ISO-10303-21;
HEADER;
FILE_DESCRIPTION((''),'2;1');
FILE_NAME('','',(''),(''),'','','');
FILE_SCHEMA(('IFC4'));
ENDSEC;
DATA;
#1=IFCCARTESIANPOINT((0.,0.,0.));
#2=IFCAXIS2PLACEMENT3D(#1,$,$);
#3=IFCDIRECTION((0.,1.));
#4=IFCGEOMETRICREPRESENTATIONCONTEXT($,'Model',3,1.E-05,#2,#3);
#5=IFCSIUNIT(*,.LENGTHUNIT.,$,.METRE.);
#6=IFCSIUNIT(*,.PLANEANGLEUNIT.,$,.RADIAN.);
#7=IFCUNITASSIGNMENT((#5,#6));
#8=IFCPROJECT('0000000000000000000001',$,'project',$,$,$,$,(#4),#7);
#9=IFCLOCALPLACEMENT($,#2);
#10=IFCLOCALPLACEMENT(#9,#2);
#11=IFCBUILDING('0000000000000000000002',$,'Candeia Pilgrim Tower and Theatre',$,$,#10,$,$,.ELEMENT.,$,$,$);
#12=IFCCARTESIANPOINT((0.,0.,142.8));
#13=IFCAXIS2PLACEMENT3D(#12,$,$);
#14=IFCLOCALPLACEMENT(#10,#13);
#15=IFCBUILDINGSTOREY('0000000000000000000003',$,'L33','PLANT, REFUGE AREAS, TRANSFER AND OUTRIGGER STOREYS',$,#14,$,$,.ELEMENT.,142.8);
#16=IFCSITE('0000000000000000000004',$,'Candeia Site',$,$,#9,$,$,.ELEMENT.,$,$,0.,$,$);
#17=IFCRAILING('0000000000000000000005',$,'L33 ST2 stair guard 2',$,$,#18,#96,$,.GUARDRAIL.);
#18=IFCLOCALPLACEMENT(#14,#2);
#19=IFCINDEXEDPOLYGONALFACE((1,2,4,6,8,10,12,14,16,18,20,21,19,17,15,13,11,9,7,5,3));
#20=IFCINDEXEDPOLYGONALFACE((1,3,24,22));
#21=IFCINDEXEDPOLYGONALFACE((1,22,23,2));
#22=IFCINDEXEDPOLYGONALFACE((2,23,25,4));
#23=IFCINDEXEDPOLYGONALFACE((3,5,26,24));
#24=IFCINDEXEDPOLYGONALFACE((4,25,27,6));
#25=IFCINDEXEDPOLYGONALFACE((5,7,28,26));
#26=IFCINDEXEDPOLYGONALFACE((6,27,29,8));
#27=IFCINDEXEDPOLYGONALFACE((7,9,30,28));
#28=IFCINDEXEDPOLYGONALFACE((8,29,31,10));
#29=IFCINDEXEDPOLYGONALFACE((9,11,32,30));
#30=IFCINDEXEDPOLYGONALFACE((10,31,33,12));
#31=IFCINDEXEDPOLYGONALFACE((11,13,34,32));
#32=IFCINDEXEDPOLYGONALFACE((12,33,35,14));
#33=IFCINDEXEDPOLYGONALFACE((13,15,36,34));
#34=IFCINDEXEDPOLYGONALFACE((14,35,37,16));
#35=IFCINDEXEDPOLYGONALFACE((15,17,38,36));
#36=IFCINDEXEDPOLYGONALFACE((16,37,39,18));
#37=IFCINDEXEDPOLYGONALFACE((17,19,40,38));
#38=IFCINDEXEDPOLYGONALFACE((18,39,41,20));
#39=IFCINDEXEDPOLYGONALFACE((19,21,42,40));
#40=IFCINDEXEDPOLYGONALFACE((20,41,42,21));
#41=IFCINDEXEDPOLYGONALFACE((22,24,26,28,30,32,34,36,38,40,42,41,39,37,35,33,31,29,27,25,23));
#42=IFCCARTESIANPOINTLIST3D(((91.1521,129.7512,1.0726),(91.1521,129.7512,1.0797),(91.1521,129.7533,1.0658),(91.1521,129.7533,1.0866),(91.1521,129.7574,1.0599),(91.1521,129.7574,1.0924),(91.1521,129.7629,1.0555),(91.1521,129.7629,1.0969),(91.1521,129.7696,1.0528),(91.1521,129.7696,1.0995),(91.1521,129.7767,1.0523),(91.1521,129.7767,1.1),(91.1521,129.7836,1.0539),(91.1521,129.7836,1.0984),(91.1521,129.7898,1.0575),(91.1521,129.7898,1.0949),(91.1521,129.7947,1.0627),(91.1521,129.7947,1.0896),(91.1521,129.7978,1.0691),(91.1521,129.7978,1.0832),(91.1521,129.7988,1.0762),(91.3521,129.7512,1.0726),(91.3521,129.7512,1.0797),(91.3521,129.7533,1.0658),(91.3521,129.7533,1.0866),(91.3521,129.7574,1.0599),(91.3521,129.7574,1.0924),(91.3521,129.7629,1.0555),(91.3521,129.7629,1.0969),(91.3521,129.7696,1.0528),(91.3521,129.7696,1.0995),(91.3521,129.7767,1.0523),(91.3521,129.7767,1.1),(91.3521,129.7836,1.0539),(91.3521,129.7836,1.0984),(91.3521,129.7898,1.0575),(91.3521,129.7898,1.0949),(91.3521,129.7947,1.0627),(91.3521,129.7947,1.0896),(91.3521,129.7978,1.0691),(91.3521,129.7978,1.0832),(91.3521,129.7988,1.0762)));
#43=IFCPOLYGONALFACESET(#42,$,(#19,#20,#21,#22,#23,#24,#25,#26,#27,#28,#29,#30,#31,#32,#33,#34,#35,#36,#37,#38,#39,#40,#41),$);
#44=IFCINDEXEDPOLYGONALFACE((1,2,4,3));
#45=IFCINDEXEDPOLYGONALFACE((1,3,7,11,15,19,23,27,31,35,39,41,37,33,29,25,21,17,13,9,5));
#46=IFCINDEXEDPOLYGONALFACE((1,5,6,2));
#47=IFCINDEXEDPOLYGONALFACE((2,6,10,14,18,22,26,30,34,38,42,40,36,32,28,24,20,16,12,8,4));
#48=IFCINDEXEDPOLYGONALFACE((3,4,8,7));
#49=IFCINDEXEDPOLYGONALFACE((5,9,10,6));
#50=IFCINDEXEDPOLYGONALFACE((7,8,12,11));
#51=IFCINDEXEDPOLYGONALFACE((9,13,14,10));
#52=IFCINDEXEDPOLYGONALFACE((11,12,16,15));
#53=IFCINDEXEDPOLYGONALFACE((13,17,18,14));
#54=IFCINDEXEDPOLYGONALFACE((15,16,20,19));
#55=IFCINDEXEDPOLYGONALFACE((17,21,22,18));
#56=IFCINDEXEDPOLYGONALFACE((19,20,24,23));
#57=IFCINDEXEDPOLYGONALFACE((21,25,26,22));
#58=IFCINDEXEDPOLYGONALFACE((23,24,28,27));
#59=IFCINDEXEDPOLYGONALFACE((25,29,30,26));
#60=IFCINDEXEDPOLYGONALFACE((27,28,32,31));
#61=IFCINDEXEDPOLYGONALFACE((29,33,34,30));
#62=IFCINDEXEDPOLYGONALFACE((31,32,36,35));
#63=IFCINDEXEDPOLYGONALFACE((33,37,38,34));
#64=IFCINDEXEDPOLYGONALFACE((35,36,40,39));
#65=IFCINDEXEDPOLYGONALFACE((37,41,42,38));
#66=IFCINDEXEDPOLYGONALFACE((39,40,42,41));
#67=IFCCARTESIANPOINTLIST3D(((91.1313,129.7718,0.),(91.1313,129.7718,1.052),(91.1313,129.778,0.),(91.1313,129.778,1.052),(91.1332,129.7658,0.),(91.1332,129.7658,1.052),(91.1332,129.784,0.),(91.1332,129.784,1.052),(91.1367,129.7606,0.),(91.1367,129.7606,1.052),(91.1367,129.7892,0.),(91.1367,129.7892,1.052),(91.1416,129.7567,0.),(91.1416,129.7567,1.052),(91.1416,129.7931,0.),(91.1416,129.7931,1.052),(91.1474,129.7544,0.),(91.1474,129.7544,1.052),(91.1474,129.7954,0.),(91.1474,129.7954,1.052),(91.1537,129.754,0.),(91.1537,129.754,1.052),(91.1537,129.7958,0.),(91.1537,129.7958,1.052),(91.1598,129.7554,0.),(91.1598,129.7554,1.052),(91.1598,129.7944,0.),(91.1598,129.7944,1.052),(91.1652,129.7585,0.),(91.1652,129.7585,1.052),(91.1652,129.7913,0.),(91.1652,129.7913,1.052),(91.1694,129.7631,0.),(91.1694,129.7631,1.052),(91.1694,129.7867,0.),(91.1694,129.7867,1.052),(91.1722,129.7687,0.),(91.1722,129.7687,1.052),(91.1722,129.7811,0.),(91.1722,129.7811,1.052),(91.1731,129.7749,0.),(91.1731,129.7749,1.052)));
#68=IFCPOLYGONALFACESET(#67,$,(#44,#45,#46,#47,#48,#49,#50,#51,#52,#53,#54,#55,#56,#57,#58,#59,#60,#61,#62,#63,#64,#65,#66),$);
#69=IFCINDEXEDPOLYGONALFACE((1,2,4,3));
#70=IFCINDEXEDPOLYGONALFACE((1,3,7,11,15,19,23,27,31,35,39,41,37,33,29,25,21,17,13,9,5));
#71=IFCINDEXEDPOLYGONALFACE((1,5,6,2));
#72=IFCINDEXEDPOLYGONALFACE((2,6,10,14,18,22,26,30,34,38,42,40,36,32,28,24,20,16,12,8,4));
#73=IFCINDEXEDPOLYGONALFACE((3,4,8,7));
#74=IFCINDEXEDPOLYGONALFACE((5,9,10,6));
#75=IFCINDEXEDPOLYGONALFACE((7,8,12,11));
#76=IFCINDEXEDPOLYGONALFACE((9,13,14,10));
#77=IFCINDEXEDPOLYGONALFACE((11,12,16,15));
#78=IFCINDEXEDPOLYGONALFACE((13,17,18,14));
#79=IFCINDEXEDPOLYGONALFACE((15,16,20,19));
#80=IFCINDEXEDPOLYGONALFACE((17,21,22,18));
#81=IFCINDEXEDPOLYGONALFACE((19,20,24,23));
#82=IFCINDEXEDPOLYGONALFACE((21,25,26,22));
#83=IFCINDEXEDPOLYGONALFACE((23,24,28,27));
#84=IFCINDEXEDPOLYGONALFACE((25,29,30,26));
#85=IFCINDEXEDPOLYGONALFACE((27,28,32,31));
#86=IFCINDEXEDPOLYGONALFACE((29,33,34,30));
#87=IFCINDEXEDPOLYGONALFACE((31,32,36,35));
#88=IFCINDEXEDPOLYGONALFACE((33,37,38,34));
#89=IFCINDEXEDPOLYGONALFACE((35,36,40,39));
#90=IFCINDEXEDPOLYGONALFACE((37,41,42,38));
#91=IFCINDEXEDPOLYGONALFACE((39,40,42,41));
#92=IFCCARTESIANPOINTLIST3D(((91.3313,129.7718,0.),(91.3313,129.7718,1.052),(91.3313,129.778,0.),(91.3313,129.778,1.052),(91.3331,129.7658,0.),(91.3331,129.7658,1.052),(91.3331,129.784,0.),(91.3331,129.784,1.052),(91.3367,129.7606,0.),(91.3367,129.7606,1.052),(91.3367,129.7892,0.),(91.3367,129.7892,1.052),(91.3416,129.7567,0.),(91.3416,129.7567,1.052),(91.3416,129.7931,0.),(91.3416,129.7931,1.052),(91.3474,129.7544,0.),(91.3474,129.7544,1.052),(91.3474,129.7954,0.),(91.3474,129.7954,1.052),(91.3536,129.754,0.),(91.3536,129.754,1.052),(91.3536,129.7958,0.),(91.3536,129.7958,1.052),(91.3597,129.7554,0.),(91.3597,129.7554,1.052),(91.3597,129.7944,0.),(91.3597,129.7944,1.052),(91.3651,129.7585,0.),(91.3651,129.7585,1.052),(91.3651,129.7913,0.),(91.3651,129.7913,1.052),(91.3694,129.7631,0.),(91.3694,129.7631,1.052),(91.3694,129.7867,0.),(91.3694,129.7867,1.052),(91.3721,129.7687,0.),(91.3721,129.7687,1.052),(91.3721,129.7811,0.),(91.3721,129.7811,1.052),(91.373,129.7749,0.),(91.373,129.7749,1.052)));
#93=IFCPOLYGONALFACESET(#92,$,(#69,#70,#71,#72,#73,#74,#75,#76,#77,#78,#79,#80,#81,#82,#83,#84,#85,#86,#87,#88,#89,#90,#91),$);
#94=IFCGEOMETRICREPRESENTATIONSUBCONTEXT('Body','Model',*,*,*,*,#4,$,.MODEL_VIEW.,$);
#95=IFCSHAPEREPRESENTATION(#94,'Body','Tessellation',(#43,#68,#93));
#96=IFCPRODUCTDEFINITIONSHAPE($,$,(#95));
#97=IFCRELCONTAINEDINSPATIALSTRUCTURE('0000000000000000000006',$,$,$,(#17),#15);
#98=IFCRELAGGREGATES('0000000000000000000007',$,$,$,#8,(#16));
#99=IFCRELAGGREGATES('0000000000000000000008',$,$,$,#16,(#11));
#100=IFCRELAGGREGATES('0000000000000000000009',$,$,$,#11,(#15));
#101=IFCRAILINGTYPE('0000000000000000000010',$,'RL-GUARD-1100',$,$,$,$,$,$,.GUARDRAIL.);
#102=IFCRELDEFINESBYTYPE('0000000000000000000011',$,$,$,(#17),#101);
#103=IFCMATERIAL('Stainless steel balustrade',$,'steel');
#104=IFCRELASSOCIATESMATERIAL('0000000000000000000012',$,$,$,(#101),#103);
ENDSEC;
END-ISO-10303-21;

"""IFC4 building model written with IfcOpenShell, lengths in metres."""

from ifc_helpers import new_model, si_unit, direction, frame, origin, origin_2d, place, context, subcontext, project, spatial, circle, extrude, material, type_object, element, save


model = new_model("IFC4")

# Units and contexts
model_context = context("Model", 3, precision=1e-05, world=origin(), true_north=direction((0.0, 1.0)))
body_context = subcontext(model_context, "Body", "Model", "MODEL_VIEW")
ifc_project = project(units=[si_unit("LENGTHUNIT", "METRE"), si_unit("PLANEANGLEUNIT", "RADIAN")], contexts=[model_context])

# Site, building, storey
site_placement = place(None, origin())
site = spatial("IfcSite", under=ifc_project, at=site_placement, Name="Candeia Site", CompositionType="ELEMENT", RefElevation=0.0)
building_placement = place(site_placement, origin())
building = spatial("IfcBuilding", under=site, at=building_placement, Name="Candeia Pilgrim Tower and Theatre", CompositionType="ELEMENT")
storey_placement = place(building_placement, frame((0.0, 0.0, 142.8)))
storey = spatial("IfcBuildingStorey", under=building, at=storey_placement, Name="L33", Description="PLANT, REFUGE AREAS, TRANSFER AND OUTRIGGER STOREYS", CompositionType="ELEMENT", Elevation=142.8)

# Railing
ifc_material_1 = material(Name="Stainless steel balustrade", Category="steel")
railing_type_1 = type_object("IfcRailingType", Name="RL-GUARD-1100", PredefinedType="GUARDRAIL", material=ifc_material_1)
railing_1_placement = place(storey_placement, frame((91.1521, 129.7749, 0.0)))
element("IfcRailing", 1, at=railing_1_placement, inside=storey, type_object=railing_type_1, Name="L33 ST2 stair guard 2", PredefinedType="GUARDRAIL", context=body_context, shape_type="SweptSolid", body=[
    extrude(circle(Radius=0.0239, at=origin_2d()), frame((0.0, 0.0, 1.0762), z_axis=(1.0, 0.0, 0.0), x_axis=(0.0, 1.0, 0.0)), (0.0, 0.0, 1.0), 0.2),
    extrude(circle(Radius=0.021, at=origin_2d()), origin(), (0.0, 0.0, 1.0), 1.052),
    extrude(circle(Radius=0.021, at=origin_2d()), frame((0.2, 0.0, 0.0)), (0.0, 0.0, 1.0), 1.052),
])

save(model, "model.ifc")
